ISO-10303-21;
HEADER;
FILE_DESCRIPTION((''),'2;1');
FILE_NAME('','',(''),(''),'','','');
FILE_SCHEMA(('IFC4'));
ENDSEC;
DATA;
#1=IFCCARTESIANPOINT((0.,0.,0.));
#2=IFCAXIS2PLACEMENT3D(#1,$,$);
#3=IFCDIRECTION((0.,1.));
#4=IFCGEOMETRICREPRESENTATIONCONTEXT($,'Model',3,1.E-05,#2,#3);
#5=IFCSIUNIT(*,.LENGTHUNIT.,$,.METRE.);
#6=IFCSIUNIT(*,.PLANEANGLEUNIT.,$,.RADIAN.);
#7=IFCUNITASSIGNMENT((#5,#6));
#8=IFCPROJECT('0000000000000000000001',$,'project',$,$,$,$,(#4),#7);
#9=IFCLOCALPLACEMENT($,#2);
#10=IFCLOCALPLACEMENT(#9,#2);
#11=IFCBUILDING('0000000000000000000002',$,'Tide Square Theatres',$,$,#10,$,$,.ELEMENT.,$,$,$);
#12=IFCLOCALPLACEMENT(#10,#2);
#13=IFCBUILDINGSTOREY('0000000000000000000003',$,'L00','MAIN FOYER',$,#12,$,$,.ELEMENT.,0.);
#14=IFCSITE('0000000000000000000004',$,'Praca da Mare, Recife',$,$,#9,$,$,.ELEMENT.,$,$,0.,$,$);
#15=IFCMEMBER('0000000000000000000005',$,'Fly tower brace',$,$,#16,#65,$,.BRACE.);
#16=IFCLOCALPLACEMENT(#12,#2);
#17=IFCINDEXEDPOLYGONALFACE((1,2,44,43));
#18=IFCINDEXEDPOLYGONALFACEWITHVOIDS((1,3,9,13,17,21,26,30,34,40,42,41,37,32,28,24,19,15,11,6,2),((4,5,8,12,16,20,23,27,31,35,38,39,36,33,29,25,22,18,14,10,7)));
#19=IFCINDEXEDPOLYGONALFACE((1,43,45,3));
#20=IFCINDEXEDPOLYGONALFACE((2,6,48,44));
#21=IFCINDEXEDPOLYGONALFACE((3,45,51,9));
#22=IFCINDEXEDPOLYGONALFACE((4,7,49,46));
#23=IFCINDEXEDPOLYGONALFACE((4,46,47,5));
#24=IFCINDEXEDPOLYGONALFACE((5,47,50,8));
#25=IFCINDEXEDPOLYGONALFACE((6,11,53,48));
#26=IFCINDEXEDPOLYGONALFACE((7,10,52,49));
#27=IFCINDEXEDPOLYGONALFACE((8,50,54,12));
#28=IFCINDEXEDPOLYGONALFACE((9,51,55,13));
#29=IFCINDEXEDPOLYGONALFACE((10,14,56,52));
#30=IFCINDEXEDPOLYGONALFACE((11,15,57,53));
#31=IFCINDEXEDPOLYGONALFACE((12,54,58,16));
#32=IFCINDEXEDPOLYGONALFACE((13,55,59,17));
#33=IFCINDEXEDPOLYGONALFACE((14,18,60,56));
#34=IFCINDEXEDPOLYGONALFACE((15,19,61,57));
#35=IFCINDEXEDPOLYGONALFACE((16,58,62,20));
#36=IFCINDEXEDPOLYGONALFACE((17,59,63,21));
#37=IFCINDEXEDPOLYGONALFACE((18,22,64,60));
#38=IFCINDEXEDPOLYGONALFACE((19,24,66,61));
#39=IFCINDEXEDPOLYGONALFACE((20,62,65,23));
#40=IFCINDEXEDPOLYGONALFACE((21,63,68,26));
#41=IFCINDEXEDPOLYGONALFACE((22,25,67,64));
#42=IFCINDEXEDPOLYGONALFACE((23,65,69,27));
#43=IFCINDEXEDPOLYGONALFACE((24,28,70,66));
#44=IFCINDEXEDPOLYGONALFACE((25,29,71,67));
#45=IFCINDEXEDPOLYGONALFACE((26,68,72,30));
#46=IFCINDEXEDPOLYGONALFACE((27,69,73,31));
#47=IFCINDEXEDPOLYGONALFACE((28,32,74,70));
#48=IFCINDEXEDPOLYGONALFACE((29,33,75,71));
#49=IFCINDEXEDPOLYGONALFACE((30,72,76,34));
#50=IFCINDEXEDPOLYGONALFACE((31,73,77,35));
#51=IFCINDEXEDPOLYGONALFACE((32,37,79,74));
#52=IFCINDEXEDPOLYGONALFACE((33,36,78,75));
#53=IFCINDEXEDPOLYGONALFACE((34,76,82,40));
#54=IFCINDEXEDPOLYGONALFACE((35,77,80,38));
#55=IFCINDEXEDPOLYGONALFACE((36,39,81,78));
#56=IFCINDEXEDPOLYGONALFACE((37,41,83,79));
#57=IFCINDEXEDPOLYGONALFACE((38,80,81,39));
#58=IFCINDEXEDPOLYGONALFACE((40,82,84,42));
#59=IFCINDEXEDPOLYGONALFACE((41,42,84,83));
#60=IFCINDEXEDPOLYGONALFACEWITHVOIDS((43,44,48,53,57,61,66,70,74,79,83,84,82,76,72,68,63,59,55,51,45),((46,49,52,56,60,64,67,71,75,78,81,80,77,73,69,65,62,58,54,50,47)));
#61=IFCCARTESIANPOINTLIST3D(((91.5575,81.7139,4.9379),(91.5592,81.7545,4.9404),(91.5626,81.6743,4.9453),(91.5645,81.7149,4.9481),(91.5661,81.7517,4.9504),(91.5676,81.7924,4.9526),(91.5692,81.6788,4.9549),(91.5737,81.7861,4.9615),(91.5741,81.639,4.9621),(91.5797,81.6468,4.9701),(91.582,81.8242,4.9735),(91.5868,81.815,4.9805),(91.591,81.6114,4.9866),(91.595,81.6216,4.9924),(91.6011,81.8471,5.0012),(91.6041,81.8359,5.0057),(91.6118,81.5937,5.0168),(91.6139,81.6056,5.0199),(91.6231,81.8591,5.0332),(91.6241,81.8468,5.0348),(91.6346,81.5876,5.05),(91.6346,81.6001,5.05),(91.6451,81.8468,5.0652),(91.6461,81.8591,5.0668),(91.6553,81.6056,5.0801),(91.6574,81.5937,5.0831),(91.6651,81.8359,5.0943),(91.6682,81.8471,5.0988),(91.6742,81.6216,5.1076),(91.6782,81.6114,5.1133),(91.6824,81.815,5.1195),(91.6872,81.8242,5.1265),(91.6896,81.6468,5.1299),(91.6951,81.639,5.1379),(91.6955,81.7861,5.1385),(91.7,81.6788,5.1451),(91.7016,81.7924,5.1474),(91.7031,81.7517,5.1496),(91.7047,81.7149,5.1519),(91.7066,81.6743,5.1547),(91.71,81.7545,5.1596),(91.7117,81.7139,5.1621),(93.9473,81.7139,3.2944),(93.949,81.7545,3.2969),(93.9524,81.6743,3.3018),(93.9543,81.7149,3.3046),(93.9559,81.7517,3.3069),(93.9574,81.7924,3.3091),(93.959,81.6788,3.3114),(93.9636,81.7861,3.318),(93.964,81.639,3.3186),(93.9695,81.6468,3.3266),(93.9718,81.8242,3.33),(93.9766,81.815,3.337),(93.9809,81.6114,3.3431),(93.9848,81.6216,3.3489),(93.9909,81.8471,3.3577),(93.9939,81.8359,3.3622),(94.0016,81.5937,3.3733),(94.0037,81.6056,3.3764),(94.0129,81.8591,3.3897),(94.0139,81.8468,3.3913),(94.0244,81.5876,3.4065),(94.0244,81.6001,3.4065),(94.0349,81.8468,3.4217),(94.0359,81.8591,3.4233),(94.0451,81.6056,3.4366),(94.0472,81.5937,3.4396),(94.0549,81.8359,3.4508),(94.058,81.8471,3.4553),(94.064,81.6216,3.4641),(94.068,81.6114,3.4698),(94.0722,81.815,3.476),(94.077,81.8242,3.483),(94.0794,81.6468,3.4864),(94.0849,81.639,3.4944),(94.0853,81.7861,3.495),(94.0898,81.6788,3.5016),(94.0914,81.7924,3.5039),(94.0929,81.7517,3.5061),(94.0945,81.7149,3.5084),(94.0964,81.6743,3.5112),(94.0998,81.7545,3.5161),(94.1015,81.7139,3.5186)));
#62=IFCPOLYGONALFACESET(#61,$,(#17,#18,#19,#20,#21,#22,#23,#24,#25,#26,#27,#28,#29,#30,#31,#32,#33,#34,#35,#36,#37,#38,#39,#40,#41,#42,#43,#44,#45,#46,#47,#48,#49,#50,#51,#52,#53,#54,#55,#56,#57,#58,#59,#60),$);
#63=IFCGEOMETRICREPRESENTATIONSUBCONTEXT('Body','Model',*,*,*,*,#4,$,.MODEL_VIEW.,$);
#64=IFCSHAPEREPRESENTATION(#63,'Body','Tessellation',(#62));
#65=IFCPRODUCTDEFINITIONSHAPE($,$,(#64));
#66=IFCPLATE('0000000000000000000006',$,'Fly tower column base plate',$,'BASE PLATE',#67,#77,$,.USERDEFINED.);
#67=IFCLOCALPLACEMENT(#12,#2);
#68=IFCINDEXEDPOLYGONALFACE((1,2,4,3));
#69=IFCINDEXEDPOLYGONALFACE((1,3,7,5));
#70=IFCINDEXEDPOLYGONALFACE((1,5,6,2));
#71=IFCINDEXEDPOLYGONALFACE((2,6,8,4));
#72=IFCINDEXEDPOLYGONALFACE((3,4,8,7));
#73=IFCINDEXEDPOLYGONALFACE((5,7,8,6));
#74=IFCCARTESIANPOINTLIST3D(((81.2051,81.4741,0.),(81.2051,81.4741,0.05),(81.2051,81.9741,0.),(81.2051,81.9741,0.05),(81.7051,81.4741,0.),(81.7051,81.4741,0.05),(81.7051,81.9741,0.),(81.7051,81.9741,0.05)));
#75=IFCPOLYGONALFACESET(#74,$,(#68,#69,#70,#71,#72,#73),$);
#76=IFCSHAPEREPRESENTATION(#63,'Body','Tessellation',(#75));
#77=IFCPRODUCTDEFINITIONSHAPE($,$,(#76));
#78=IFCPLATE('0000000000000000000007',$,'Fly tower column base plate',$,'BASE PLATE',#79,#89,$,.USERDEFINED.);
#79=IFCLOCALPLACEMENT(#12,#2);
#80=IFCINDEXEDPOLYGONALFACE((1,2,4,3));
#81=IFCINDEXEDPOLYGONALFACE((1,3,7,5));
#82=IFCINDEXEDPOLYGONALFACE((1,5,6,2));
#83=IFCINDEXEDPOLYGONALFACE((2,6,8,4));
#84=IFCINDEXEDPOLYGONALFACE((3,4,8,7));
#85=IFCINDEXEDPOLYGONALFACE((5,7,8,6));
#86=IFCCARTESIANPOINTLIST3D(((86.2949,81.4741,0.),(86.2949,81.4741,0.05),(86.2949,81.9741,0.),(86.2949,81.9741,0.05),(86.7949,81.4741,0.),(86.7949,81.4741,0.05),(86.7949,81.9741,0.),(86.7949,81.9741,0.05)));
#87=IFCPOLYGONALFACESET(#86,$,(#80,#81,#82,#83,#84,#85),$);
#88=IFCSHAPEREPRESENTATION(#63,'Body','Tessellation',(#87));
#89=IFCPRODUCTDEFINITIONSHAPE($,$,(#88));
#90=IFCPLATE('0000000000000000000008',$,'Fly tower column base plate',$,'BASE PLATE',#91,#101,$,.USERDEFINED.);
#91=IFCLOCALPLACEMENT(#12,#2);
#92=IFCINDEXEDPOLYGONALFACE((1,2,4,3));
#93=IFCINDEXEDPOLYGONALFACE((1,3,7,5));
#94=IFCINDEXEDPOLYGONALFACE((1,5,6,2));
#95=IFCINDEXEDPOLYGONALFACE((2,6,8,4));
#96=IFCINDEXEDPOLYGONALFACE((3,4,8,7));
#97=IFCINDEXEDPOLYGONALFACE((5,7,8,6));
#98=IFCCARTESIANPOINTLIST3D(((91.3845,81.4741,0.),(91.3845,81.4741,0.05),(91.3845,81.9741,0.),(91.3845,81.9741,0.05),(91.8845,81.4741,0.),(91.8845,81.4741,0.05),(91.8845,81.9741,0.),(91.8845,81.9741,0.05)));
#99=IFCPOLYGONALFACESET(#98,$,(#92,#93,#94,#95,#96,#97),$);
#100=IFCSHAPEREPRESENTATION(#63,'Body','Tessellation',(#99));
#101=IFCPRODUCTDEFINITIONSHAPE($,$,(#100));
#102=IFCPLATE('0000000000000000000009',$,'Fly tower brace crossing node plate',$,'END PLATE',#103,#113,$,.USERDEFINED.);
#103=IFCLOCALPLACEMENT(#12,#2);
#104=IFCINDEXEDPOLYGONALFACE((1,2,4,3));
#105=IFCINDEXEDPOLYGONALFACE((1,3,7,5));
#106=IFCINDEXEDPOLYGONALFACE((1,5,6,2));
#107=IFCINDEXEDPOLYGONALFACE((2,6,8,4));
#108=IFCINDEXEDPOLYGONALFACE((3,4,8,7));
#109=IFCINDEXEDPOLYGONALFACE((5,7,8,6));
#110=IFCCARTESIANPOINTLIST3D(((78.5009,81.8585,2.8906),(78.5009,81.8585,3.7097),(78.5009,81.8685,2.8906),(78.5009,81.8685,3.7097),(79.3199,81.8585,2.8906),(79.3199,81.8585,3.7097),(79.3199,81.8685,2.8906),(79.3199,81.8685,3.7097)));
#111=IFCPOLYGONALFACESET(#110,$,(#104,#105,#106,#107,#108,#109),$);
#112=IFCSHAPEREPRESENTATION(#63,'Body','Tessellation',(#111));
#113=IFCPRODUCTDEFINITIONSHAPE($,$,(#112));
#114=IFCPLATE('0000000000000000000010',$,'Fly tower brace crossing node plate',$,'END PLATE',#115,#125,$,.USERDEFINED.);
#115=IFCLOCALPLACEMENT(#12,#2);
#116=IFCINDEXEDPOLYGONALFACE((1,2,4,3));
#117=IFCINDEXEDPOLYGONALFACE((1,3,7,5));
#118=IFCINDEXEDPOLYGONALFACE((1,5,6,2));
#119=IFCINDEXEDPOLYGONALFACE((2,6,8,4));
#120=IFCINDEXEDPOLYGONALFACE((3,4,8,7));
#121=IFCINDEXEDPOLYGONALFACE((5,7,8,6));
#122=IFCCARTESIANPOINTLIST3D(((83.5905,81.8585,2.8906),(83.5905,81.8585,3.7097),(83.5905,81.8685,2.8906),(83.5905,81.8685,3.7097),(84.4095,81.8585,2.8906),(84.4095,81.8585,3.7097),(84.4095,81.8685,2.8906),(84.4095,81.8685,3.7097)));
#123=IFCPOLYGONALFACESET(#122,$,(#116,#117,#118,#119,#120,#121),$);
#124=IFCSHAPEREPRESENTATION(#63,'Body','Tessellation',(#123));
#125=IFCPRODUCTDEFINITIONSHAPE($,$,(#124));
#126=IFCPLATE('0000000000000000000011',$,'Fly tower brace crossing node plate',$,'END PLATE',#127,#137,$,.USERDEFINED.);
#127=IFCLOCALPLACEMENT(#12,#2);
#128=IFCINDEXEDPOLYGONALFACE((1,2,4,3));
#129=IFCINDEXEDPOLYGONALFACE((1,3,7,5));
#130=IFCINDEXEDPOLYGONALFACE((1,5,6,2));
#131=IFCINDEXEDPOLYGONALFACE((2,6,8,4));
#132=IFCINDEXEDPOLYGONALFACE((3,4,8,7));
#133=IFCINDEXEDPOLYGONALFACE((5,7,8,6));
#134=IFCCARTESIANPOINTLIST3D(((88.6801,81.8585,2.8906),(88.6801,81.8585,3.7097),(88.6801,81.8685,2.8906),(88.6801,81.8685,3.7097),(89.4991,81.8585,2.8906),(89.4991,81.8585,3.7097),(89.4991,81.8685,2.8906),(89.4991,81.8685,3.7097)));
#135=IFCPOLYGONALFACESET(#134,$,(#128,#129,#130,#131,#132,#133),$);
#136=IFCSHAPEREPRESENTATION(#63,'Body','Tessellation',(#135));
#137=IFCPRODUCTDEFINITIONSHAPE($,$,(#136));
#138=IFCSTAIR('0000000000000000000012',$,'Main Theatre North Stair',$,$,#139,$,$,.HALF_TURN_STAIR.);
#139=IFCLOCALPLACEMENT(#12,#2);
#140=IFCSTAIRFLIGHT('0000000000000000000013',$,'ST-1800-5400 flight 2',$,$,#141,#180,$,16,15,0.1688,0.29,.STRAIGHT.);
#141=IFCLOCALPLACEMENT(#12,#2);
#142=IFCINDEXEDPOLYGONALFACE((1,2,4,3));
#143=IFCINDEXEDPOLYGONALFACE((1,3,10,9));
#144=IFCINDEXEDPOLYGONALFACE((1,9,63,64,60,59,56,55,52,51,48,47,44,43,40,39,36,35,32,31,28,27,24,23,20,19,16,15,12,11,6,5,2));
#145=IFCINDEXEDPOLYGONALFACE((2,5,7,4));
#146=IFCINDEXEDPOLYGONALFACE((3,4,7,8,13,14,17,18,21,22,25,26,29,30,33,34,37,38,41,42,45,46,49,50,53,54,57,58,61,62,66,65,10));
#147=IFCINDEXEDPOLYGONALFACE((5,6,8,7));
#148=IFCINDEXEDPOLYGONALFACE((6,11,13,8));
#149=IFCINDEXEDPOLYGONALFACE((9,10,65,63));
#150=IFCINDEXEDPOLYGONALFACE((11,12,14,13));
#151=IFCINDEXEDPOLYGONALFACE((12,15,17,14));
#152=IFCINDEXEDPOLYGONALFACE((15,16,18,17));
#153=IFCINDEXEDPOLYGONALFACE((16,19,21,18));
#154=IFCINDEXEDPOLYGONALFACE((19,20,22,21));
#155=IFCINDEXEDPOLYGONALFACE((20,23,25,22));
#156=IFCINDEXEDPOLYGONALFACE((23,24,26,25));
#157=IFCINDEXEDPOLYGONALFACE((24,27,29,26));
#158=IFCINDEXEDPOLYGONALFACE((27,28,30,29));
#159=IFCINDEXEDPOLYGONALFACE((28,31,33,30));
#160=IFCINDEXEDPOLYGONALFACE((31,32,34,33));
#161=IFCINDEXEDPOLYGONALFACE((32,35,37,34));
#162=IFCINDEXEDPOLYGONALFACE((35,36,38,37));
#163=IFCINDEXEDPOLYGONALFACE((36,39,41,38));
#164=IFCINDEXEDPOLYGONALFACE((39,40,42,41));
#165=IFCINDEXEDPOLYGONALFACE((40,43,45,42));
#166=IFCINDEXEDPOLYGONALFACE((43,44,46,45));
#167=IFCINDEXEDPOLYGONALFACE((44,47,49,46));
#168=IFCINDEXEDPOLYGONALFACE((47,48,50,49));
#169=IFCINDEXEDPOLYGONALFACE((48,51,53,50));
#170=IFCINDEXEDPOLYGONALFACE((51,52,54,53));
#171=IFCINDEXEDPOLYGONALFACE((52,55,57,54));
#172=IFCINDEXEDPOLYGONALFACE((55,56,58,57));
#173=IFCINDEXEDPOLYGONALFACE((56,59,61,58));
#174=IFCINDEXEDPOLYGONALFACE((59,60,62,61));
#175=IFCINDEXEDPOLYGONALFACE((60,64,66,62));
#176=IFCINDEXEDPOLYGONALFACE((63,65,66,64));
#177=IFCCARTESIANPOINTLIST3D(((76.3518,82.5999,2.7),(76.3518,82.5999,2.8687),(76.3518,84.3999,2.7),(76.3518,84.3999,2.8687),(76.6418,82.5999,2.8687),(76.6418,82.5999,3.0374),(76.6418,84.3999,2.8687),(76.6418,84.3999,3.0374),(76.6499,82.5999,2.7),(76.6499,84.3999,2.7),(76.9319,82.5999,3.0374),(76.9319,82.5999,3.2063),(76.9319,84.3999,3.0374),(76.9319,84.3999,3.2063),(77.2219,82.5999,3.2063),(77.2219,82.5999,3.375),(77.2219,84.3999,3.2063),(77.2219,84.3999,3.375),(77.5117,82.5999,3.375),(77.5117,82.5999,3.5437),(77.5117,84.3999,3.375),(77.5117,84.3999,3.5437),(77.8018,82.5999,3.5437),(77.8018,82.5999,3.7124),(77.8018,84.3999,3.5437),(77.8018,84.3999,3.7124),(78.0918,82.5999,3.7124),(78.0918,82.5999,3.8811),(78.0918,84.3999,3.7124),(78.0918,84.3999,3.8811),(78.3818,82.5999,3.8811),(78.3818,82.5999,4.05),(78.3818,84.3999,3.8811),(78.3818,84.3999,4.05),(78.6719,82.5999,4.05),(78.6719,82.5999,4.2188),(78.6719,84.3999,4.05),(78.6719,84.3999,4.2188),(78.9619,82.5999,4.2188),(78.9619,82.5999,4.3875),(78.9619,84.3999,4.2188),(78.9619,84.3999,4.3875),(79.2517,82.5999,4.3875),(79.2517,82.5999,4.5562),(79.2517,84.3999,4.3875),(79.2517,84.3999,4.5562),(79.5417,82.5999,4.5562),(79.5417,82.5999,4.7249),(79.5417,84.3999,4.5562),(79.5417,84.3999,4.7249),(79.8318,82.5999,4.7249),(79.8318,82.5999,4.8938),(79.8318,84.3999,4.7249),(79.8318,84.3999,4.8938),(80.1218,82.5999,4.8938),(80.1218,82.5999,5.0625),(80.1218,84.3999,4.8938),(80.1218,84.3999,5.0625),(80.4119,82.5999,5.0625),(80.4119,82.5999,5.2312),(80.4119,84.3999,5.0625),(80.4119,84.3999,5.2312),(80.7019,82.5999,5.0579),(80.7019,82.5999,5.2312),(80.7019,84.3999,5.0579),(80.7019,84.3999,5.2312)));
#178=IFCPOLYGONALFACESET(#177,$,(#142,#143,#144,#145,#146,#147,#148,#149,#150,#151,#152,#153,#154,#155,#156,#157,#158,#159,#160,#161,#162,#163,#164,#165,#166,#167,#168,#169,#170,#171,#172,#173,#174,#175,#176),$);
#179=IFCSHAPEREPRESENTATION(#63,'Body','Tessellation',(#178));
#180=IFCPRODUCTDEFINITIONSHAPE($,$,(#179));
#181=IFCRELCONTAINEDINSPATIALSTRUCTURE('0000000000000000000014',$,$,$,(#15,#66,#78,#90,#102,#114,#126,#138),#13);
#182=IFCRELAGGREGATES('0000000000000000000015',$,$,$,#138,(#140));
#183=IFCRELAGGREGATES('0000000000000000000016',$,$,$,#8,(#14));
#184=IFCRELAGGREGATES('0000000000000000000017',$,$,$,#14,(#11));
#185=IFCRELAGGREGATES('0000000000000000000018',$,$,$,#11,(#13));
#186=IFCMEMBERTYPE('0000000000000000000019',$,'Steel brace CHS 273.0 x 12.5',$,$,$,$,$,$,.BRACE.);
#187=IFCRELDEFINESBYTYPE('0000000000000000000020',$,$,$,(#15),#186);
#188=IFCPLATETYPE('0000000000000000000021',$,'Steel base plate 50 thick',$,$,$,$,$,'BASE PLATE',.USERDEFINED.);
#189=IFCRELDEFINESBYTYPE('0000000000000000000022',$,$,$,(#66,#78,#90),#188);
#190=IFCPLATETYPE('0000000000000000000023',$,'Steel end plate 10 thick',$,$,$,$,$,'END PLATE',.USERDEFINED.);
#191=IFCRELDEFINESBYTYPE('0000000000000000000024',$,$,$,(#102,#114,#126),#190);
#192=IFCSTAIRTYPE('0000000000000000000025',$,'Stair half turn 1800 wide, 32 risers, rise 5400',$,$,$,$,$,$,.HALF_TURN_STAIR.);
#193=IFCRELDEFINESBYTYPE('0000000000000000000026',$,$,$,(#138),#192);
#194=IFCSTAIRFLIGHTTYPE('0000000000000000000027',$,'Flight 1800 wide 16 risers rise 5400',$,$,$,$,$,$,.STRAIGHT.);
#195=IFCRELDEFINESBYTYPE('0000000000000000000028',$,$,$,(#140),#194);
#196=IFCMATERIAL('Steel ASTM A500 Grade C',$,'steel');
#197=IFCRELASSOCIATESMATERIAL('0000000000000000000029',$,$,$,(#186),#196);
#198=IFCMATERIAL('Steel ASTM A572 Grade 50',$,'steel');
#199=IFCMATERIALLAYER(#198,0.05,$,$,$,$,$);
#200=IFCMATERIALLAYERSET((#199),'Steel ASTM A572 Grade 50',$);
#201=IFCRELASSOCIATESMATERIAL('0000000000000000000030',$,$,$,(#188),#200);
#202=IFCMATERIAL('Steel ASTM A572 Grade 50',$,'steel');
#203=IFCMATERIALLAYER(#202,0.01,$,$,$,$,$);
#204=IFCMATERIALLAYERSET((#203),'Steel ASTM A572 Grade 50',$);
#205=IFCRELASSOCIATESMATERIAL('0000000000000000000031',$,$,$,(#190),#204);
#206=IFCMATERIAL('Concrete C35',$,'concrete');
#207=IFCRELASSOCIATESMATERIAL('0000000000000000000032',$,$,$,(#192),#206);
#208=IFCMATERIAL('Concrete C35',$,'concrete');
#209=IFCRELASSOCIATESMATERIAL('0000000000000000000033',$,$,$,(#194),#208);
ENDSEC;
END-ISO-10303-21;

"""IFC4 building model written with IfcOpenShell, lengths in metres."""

from ifc_helpers import new_model, si_unit, direction, frame, origin, origin_2d, place, context, subcontext, project, spatial, polyline, rectangle, hollow_circle, outline, extrude, material, layer, layer_set, material_profile, profile_set, type_object, element, aggregate, save


model = new_model("IFC4")

# Units and contexts
model_context = context("Model", 3, precision=1e-05, world=origin(), true_north=direction((0.0, 1.0)))
body_context = subcontext(model_context, "Body", "Model", "MODEL_VIEW")
ifc_project = project(units=[si_unit("LENGTHUNIT", "METRE"), si_unit("PLANEANGLEUNIT", "RADIAN")], contexts=[model_context])

# Site, building, storey
site_placement = place(None, origin())
site = spatial("IfcSite", under=ifc_project, at=site_placement, Name="Praca da Mare, Recife", CompositionType="ELEMENT", RefElevation=0.0)
building_placement = place(site_placement, origin())
building = spatial("IfcBuilding", under=site, at=building_placement, Name="Tide Square Theatres", CompositionType="ELEMENT")
storey_placement = place(building_placement, origin())
storey = spatial("IfcBuildingStorey", under=building, at=storey_placement, Name="L00", Description="MAIN FOYER", CompositionType="ELEMENT", Elevation=0.0)

# Member
ifc_material_1 = material(Name="Steel ASTM A500 Grade C", Category="steel")
ifc_material_profile_1 = material_profile(ifc_material_1, hollow_circle(Radius=0.1365, WallThickness=0.0125, at=origin_2d()))
ifc_profile_set_1 = profile_set([ifc_material_profile_1], Name="Steel ASTM A500 Grade C")
member_type = type_object("IfcMemberType", Name="Steel brace CHS 273.0 x 12.5", PredefinedType="BRACE", material=ifc_profile_set_1)
member_1_placement = place(storey_placement, frame((94.0244, 81.7241, 3.4065), z_axis=(-0.823961, 0.0, 0.566647), x_axis=(0.0, -1.0, 0.0)))
element("IfcMember", 1, at=member_1_placement, inside=storey, type_object=member_type, Name="Fly tower brace", PredefinedType="BRACE", context=body_context, shape_type="SweptSolid", body=[
    extrude(hollow_circle(Radius=0.1365, WallThickness=0.0125, at=origin_2d()), origin(), (0.0, 0.0, 1.0), 2.9004),
])

# Plates
ifc_material_2 = material(Name="Steel ASTM A572 Grade 50", Category="steel")
ifc_layer_1 = layer(ifc_material_2, 0.05)
ifc_layer_set_1 = layer_set([ifc_layer_1], Name="Steel ASTM A572 Grade 50")
plate_type_1 = type_object("IfcPlateType", Name="Steel base plate 50 thick", ElementType="BASE PLATE", PredefinedType="USERDEFINED", material=ifc_layer_set_1)
for number, where, z_axis, x_axis, name in (
    (2, (81.4551, 81.7241, 0.0), (0.0, 0.0, 1.0), (1.0, 0.0, 0.0), "Fly tower column base plate"),
    (3, (86.5449, 81.7241, 0.0), (0.0, 0.0, 1.0), (1.0, 0.0, 0.0), "Fly tower column base plate"),
    (4, (91.6345, 81.7241, 0.0), (0.0, 0.0, 1.0), (1.0, 0.0, 0.0), "Fly tower column base plate"),
):
    element("IfcPlate", number, at=place(storey_placement, frame(where, z_axis=z_axis, x_axis=x_axis)), inside=storey, type_object=plate_type_1, Name=name, ObjectType="BASE PLATE", PredefinedType="USERDEFINED", context=body_context, shape_type="SweptSolid", body=[
        extrude(rectangle(XDim=0.5, YDim=0.5, at=origin_2d()), origin(), (0.0, 0.0, 1.0), 0.05),
    ])
ifc_material_3 = material(Name="Steel ASTM A572 Grade 50", Category="steel")
ifc_layer_2 = layer(ifc_material_3, 0.01)
ifc_layer_set_2 = layer_set([ifc_layer_2], Name="Steel ASTM A572 Grade 50")
plate_type_2 = type_object("IfcPlateType", Name="Steel end plate 10 thick", ElementType="END PLATE", PredefinedType="USERDEFINED", material=ifc_layer_set_2)
for number, where, z_axis, x_axis, name in (
    (5, (78.9104, 81.8635, 2.8906), (0.0, 0.0, 1.0), (0.0, 1.0, 0.0), "Fly tower brace crossing node plate"),
    (6, (84.0, 81.8635, 2.8906), (0.0, 0.0, 1.0), (0.0, 1.0, 0.0), "Fly tower brace crossing node plate"),
    (7, (89.0896, 81.8635, 2.8906), (0.0, 0.0, 1.0), (0.0, 1.0, 0.0), "Fly tower brace crossing node plate"),
):
    element("IfcPlate", number, at=place(storey_placement, frame(where, z_axis=z_axis, x_axis=x_axis)), inside=storey, type_object=plate_type_2, Name=name, ObjectType="END PLATE", PredefinedType="USERDEFINED", context=body_context, shape_type="SweptSolid", body=[
        extrude(rectangle(XDim=0.01, YDim=0.8191, at=origin_2d()), origin(), (0.0, 0.0, 1.0), 0.8191),
    ])

# Stair, stair flight
ifc_material_4 = material(Name="Concrete C35", Category="concrete")
stair_type = type_object("IfcStairType", Name="Stair half turn 1800 wide, 32 risers, rise 5400", PredefinedType="HALF_TURN_STAIR", material=ifc_material_4)
stair_placement = place(storey_placement, origin())
stair = element("IfcStair", 8, at=stair_placement, inside=storey, type_object=stair_type, Name="Main Theatre North Stair", PredefinedType="HALF_TURN_STAIR")
ifc_material_5 = material(Name="Concrete C35", Category="concrete")
stair_flight_type = type_object("IfcStairFlightType", Name="Flight 1800 wide 16 risers rise 5400", PredefinedType="STRAIGHT", material=ifc_material_5)
stair_flight_placement = place(storey_placement, frame((76.3518, 83.5, 2.7), z_axis=(0.0, 0.0, 1.0), x_axis=(1.0, 0.0, 0.0)))
stair_flight = element("IfcStairFlight", 9, at=stair_flight_placement, type_object=stair_flight_type, Name="ST-1800-5400 flight 2", NumberOfRisers=16, NumberOfTreads=15, PredefinedType="STRAIGHT", RiserHeight=0.1688, TreadLength=0.29, context=body_context, shape_type="SweptSolid", body=[
    extrude(outline(polyline([(0.0, 0.0), (0.0, 0.1687), (0.29, 0.1687), (0.29, 0.3374), (0.5801, 0.3374), (0.5801, 0.5063), (0.8701, 0.5063), (0.8701, 0.675), (1.1599, 0.675), (1.1599, 0.8438), (1.45, 0.8438), (1.45, 1.0125), (1.74, 1.0125), (1.74, 1.1812), (2.03, 1.1812), (2.03, 1.3501), (2.3201, 1.3501), (2.3201, 1.5188), (2.6101, 1.5188), (2.6101, 1.6875), (2.8999, 1.6875), (2.8999, 1.8562), (3.1899, 1.8562), (3.1899, 2.0249), (3.48, 2.0249), (3.48, 2.1938), (3.77, 2.1938), (3.77, 2.3625), (4.0601, 2.3625), (4.0601, 2.5312), (4.3501, 2.5312), (4.3501, 2.7), (4.3501, 2.3579), (0.2981, 0.0), (0.0, 0.0)])), frame((0.0, 0.8999, 0.0), z_axis=(0.0, -1.0, 0.0), x_axis=(1.0, 0.0, 0.0)), (0.0, 0.0, 1.0), 1.8),
])
aggregate(stair, [stair_flight])

save(model, "model.ifc")
